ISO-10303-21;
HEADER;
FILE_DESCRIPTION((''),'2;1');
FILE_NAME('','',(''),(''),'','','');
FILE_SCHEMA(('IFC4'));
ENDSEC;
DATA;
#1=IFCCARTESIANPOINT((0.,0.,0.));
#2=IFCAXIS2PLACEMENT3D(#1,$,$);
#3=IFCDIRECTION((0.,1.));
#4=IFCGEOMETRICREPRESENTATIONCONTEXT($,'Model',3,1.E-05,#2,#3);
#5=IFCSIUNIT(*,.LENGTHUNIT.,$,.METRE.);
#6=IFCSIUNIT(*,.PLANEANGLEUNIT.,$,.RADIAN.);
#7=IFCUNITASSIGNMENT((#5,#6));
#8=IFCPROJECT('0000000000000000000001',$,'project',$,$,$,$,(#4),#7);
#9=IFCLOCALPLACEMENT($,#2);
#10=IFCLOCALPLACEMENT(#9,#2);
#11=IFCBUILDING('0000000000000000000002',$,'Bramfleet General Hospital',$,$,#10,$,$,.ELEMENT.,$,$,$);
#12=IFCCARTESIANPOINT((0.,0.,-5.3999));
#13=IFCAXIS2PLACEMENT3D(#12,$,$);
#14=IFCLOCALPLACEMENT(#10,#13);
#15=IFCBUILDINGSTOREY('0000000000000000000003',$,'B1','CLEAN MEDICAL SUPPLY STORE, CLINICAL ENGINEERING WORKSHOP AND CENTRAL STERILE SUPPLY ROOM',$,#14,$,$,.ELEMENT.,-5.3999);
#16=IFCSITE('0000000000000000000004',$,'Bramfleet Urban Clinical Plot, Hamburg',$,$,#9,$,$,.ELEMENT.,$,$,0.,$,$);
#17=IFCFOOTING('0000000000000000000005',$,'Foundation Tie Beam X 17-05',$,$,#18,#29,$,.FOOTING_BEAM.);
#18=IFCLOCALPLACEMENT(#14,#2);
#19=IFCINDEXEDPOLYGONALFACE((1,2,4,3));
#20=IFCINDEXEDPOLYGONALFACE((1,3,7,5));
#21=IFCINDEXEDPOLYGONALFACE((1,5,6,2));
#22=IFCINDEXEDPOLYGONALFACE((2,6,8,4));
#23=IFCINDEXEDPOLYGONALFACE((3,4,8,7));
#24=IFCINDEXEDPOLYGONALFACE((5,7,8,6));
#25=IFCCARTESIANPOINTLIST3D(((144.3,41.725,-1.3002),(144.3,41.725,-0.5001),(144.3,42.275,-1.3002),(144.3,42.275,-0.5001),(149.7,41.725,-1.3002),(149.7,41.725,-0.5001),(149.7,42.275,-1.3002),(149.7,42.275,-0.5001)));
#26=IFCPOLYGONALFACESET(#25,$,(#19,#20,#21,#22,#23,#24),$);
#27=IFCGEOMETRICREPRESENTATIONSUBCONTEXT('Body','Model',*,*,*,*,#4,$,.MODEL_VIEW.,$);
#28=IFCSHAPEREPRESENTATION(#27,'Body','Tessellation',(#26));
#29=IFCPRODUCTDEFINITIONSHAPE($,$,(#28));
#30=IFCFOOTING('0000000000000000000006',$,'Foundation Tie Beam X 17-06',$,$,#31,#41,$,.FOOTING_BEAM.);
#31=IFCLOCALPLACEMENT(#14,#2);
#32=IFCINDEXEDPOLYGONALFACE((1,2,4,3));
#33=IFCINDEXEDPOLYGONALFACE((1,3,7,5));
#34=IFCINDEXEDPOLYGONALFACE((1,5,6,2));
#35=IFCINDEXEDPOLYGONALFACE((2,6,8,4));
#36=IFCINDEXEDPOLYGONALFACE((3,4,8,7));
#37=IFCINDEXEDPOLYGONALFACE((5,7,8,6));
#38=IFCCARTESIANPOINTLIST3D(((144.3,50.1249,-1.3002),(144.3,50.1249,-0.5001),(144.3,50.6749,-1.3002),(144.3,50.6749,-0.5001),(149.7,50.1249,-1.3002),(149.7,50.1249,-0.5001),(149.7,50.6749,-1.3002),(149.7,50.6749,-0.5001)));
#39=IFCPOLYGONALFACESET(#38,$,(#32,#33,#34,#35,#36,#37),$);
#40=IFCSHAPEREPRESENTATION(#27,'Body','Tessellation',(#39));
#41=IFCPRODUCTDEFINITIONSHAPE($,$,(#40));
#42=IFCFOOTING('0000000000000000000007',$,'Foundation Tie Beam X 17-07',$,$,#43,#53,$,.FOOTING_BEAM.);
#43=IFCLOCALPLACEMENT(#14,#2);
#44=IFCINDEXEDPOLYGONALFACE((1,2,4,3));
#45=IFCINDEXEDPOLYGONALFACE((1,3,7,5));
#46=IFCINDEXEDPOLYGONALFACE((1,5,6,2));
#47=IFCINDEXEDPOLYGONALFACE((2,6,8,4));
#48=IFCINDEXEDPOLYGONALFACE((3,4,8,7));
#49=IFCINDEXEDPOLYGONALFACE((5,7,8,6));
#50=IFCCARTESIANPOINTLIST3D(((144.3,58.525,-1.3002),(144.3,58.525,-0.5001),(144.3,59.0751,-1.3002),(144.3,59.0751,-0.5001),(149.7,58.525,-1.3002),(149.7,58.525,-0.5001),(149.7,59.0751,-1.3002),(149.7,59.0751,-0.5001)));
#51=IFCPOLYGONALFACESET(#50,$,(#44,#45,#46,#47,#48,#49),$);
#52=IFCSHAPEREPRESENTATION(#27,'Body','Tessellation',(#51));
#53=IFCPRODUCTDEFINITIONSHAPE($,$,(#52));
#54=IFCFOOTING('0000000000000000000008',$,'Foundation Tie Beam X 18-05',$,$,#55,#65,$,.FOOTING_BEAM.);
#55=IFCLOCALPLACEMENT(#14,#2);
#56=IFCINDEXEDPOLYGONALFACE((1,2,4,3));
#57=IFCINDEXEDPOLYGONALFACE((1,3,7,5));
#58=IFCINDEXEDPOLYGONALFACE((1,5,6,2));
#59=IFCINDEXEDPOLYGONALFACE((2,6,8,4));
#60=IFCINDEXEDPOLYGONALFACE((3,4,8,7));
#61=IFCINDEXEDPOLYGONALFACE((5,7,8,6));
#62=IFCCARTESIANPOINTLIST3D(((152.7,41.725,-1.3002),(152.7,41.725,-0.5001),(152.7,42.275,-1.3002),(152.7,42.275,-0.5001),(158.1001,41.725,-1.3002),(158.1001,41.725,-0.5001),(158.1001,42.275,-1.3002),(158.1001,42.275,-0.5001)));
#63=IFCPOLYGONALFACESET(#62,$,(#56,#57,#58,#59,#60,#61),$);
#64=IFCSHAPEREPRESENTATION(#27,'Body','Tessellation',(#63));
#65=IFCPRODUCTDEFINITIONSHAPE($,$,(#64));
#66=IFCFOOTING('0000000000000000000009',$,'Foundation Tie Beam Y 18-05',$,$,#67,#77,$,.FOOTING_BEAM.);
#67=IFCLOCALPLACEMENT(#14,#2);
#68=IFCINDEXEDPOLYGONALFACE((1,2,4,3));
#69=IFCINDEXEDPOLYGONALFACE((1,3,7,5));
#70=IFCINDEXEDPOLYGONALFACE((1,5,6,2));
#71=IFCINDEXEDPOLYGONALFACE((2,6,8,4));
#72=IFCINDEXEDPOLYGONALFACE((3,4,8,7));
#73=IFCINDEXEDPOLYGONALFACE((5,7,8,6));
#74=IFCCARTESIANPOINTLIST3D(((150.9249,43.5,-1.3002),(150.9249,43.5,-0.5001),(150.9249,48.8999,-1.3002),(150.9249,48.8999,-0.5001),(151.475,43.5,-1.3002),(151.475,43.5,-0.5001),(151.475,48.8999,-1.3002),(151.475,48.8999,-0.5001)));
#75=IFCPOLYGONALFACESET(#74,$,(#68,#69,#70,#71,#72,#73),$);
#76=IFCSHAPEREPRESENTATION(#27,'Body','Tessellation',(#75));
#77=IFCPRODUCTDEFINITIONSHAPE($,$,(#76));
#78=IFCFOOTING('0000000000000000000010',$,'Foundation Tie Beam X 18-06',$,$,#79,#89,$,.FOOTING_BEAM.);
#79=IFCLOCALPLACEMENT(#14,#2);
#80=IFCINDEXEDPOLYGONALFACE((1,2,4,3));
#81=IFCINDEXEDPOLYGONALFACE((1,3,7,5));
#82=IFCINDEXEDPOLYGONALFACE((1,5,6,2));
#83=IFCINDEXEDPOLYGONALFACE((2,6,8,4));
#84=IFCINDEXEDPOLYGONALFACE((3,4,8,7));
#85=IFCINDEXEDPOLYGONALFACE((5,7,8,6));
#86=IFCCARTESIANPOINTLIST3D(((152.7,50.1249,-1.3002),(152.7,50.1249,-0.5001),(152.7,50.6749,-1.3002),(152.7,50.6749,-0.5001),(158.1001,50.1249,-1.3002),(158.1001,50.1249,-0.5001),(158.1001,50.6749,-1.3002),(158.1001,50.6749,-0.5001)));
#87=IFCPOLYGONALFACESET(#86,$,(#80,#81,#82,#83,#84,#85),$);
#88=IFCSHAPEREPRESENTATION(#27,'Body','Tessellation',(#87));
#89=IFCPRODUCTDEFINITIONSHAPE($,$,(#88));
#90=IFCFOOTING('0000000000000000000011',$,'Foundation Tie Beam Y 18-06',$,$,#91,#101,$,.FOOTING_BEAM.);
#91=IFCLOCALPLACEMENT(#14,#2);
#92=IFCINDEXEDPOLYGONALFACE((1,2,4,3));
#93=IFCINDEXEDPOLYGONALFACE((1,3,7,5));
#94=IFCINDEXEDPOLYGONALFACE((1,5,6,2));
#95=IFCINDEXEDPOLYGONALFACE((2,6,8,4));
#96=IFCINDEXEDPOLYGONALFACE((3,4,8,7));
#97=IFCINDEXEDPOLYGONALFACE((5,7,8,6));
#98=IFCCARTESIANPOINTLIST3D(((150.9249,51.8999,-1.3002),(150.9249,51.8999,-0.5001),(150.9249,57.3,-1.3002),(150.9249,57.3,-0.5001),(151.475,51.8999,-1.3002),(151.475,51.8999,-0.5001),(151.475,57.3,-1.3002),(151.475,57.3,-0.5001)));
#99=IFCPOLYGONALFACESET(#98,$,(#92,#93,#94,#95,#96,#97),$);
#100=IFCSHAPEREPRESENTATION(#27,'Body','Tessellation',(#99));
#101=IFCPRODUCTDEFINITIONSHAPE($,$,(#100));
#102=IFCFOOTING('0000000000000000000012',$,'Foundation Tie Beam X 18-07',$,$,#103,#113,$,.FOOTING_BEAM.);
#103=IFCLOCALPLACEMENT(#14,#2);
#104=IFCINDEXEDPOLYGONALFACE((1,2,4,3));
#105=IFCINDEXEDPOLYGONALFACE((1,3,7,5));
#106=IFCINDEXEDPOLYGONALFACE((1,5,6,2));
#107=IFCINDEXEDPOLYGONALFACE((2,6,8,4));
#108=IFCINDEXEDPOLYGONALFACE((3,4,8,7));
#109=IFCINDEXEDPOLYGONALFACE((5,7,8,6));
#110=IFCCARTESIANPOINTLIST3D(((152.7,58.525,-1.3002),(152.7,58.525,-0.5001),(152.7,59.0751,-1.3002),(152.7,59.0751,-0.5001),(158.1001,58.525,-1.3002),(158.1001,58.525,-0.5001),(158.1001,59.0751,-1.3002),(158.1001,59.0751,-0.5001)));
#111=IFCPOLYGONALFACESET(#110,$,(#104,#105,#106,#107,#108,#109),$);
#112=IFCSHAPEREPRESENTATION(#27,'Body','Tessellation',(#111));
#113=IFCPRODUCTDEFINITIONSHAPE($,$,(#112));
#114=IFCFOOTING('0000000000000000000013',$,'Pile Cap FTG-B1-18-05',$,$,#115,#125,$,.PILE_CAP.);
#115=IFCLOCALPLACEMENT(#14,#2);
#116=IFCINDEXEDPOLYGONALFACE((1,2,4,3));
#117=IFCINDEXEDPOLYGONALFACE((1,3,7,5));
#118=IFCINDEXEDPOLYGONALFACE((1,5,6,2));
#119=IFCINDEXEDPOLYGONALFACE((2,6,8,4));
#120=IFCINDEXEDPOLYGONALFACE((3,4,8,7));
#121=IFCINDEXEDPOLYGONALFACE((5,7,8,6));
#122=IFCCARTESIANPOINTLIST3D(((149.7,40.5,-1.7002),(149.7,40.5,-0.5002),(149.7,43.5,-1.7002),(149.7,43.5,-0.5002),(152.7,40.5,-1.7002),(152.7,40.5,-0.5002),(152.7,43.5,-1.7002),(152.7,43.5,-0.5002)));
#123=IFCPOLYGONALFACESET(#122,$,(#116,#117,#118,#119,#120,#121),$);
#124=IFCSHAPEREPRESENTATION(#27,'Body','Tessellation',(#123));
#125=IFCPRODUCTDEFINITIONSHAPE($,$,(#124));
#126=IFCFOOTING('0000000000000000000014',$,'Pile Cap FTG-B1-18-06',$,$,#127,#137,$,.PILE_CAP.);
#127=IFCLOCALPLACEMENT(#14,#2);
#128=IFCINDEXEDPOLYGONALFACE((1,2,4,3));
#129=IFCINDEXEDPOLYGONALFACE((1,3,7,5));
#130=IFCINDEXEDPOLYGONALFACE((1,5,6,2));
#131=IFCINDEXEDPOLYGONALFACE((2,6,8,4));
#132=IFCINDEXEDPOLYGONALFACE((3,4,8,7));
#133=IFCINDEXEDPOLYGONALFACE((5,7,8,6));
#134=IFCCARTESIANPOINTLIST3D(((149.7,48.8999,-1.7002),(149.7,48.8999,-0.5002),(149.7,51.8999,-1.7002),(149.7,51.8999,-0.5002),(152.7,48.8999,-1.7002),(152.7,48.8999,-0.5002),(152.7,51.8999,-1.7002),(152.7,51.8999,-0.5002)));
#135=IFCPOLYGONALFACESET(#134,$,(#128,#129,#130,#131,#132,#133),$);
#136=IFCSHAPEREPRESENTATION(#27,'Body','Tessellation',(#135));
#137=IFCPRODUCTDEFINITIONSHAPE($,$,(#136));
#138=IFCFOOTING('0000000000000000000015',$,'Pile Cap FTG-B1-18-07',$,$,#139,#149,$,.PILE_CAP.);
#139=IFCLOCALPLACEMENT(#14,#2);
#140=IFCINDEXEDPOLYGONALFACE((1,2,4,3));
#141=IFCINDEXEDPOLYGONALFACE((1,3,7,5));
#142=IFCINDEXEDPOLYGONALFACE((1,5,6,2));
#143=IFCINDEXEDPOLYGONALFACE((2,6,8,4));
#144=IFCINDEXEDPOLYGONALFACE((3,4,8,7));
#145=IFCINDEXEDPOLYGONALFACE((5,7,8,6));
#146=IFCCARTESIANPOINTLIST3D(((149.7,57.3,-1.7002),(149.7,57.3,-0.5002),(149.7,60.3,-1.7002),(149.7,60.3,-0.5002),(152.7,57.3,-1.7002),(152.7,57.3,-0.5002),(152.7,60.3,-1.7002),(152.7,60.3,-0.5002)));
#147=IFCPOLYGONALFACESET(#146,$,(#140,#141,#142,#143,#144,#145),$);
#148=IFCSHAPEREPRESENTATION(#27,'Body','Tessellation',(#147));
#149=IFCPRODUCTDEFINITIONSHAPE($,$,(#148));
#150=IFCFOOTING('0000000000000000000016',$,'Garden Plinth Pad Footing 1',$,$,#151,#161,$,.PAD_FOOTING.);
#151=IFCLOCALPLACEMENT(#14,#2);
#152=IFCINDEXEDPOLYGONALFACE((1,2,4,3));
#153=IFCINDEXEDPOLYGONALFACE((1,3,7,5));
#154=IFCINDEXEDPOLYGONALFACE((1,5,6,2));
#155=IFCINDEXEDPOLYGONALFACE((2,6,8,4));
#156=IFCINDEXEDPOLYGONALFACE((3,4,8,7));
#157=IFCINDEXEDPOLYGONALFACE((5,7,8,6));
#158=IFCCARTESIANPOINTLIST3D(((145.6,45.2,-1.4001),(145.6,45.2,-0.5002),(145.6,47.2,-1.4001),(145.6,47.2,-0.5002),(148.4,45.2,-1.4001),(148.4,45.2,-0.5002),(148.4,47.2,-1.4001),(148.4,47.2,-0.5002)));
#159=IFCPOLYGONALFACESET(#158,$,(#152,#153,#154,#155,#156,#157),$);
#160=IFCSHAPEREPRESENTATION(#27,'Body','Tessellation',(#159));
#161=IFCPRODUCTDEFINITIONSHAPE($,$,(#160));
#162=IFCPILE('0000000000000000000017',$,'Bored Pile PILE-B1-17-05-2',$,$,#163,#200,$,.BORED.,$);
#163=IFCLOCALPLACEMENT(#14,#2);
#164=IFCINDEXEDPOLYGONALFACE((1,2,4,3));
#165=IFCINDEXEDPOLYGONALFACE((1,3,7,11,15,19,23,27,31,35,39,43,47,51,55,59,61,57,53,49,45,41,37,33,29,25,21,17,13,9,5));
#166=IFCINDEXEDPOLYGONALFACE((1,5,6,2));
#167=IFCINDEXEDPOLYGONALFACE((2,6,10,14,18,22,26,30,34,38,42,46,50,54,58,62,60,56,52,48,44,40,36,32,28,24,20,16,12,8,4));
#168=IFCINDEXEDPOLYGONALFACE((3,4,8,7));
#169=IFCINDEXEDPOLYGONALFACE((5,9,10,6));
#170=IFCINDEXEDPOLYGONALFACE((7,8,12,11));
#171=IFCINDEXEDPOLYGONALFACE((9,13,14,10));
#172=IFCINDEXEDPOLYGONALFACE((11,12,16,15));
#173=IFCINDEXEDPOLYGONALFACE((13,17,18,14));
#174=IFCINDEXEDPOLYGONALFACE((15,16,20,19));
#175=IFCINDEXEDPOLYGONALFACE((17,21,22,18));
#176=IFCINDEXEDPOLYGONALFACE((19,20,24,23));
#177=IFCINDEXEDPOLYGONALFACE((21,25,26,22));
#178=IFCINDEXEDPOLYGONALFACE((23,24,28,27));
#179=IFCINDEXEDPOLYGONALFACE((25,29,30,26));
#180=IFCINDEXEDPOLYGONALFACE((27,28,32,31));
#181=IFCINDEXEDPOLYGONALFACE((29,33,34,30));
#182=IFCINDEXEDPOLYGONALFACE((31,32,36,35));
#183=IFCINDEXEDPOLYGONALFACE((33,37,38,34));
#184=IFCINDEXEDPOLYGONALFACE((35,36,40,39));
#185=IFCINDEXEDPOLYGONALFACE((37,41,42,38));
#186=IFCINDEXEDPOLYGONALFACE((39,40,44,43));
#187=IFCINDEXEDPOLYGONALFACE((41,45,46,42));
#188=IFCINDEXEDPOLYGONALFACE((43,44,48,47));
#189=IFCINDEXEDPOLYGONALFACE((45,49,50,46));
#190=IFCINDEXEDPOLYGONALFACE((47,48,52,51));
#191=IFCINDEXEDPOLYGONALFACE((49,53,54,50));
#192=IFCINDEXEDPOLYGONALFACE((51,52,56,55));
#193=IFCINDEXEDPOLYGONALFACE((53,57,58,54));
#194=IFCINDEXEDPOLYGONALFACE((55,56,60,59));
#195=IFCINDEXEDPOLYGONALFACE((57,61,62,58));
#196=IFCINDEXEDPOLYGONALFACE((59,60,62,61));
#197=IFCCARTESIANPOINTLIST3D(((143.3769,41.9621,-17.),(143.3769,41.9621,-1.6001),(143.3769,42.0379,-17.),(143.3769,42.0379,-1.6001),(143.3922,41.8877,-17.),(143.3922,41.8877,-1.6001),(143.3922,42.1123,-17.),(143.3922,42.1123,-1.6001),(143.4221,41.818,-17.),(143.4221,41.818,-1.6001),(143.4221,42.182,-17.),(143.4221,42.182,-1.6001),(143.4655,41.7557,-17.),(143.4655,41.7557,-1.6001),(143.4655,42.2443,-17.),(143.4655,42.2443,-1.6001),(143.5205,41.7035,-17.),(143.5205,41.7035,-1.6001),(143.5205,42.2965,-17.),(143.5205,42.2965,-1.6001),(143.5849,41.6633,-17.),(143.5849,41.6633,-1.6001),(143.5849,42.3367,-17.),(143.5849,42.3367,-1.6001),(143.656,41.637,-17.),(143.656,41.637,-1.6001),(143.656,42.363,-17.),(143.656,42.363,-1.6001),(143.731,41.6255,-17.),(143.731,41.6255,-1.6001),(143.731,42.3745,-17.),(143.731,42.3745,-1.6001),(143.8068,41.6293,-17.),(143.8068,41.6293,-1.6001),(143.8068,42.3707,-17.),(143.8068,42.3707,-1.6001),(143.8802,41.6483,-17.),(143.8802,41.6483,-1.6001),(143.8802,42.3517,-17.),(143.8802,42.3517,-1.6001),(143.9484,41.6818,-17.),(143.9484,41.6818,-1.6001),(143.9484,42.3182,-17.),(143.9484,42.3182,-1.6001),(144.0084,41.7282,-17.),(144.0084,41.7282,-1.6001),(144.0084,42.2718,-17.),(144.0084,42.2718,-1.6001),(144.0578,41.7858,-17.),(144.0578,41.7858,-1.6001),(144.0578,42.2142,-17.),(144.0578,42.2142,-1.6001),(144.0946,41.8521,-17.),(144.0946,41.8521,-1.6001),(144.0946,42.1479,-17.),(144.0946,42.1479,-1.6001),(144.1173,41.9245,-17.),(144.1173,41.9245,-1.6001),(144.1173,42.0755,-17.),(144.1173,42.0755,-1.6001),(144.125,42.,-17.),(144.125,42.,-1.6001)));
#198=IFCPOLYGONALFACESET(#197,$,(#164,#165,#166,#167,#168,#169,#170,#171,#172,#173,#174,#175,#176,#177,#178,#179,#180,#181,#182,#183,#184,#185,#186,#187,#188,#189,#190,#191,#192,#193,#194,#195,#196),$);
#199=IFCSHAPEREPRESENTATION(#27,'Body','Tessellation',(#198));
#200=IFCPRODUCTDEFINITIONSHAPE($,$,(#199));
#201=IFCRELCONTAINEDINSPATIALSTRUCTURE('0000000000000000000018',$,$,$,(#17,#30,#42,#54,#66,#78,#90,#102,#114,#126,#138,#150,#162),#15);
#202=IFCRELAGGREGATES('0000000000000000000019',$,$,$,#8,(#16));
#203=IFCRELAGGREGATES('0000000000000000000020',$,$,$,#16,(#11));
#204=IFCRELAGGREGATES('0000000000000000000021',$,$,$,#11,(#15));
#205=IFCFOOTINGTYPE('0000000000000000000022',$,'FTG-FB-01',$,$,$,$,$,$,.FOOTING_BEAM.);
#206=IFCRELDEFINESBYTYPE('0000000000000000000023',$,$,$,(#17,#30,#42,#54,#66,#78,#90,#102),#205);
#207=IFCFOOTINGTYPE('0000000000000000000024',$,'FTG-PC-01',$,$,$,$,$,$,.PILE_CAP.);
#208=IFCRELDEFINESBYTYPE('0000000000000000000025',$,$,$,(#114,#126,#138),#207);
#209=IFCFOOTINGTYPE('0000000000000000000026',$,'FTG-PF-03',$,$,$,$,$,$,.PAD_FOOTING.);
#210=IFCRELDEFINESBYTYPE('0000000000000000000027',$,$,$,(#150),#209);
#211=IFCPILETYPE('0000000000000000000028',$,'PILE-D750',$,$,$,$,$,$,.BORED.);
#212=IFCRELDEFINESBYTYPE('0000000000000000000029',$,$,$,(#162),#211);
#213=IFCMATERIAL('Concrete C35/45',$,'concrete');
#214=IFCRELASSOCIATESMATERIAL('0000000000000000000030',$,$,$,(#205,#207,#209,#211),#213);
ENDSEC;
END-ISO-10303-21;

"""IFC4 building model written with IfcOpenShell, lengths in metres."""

from ifc_helpers import new_model, si_unit, direction, frame, origin, origin_2d, place, context, subcontext, project, spatial, rectangle, circle, extrude, material, material_profile, profile_set, type_object, element, save


model = new_model("IFC4")

# Units and contexts
model_context = context("Model", 3, precision=1e-05, world=origin(), true_north=direction((0.0, 1.0)))
body_context = subcontext(model_context, "Body", "Model", "MODEL_VIEW")
ifc_project = project(units=[si_unit("LENGTHUNIT", "METRE"), si_unit("PLANEANGLEUNIT", "RADIAN")], contexts=[model_context])

# Site, building, storey
site_placement = place(None, origin())
site = spatial("IfcSite", under=ifc_project, at=site_placement, Name="Bramfleet Urban Clinical Plot, Hamburg", CompositionType="ELEMENT", RefElevation=0.0)
building_placement = place(site_placement, origin())
building = spatial("IfcBuilding", under=site, at=building_placement, Name="Bramfleet General Hospital", CompositionType="ELEMENT")
storey_placement = place(building_placement, frame((0.0, 0.0, -5.3999)))
storey = spatial("IfcBuildingStorey", under=building, at=storey_placement, Name="B1", Description="CLEAN MEDICAL SUPPLY STORE, CLINICAL ENGINEERING WORKSHOP AND CENTRAL STERILE SUPPLY ROOM", CompositionType="ELEMENT", Elevation=-5.3999)

# Footings
ifc_material_1 = material(Name="Concrete C35/45", Category="concrete")
ifc_material_profile_1 = material_profile(ifc_material_1, rectangle(XDim=0.55, YDim=0.8, at=origin_2d()), Name="RC FB 800x550")
ifc_profile_set_1 = profile_set([ifc_material_profile_1], Name="Concrete C35/45")
footing_type_1 = type_object("IfcFootingType", Name="FTG-FB-01", PredefinedType="FOOTING_BEAM", material=ifc_profile_set_1)
for number, where, z_axis, x_axis, name in (
    (1, (144.3, 42.0, -0.9001), (1.0, 0.0, 0.0), (0.0, 1.0, 0.0), "Foundation Tie Beam X 17-05"),
    (2, (144.3, 50.3999, -0.9001), (1.0, 0.0, 0.0), (0.0, 1.0, 0.0), "Foundation Tie Beam X 17-06"),
    (3, (144.3, 58.8, -0.9001), (1.0, 0.0, 0.0), (0.0, 1.0, 0.0), "Foundation Tie Beam X 17-07"),
):
    element("IfcFooting", number, at=place(storey_placement, frame(where, z_axis=z_axis, x_axis=x_axis)), inside=storey, type_object=footing_type_1, Name=name, PredefinedType="FOOTING_BEAM", context=body_context, shape_type="SweptSolid", body=[
        extrude(rectangle(XDim=0.55, YDim=0.8, at=origin_2d()), origin(), (0.0, 0.0, 1.0), 5.3999),
    ])
footing_1_placement = place(storey_placement, frame((152.7, 42.0, -0.9001), z_axis=(1.0, 0.0, 0.0), x_axis=(0.0, 1.0, 0.0)))
element("IfcFooting", 4, at=footing_1_placement, inside=storey, type_object=footing_type_1, Name="Foundation Tie Beam X 18-05", PredefinedType="FOOTING_BEAM", context=body_context, shape_type="SweptSolid", body=[
    extrude(rectangle(XDim=0.55, YDim=0.8, at=origin_2d()), origin(), (0.0, 0.0, 1.0), 5.4001),
])
footing_2_placement = place(storey_placement, frame((151.2, 43.5, -0.9001), z_axis=(0.0, 1.0, 0.0), x_axis=(-1.0, 0.0, 0.0)))
element("IfcFooting", 5, at=footing_2_placement, inside=storey, type_object=footing_type_1, Name="Foundation Tie Beam Y 18-05", PredefinedType="FOOTING_BEAM", context=body_context, shape_type="SweptSolid", body=[
    extrude(rectangle(XDim=0.55, YDim=0.8, at=origin_2d()), origin(), (0.0, 0.0, 1.0), 5.3999),
])
for number, where, z_axis, x_axis, name in (
    (6, (152.7, 50.3999, -0.9001), (1.0, 0.0, 0.0), (0.0, 1.0, 0.0), "Foundation Tie Beam X 18-06"),
    (7, (151.2, 51.8999, -0.9001), (0.0, 1.0, 0.0), (-1.0, 0.0, 0.0), "Foundation Tie Beam Y 18-06"),
    (8, (152.7, 58.8, -0.9001), (1.0, 0.0, 0.0), (0.0, 1.0, 0.0), "Foundation Tie Beam X 18-07"),
):
    element("IfcFooting", number, at=place(storey_placement, frame(where, z_axis=z_axis, x_axis=x_axis)), inside=storey, type_object=footing_type_1, Name=name, PredefinedType="FOOTING_BEAM", context=body_context, shape_type="SweptSolid", body=[
        extrude(rectangle(XDim=0.55, YDim=0.8, at=origin_2d()), origin(), (0.0, 0.0, 1.0), 5.4001),
    ])
footing_type_2 = type_object("IfcFootingType", Name="FTG-PC-01", PredefinedType="PILE_CAP", material=ifc_material_1)
for number, where, z_axis, x_axis, name in (
    (9, (151.2, 42.0, -1.7002), (0.0, 0.0, 1.0), (1.0, 0.0, 0.0), "Pile Cap FTG-B1-18-05"),
    (10, (151.2, 50.3999, -1.7002), (0.0, 0.0, 1.0), (1.0, 0.0, 0.0), "Pile Cap FTG-B1-18-06"),
    (11, (151.2, 58.8, -1.7002), (0.0, 0.0, 1.0), (1.0, 0.0, 0.0), "Pile Cap FTG-B1-18-07"),
):
    element("IfcFooting", number, at=place(storey_placement, frame(where, z_axis=z_axis, x_axis=x_axis)), inside=storey, type_object=footing_type_2, Name=name, PredefinedType="PILE_CAP", context=body_context, shape_type="SweptSolid", body=[
        extrude(rectangle(XDim=3.0, YDim=3.0, at=origin_2d()), origin(), (0.0, 0.0, 1.0), 1.2),
    ])
footing_type_3 = type_object("IfcFootingType", Name="FTG-PF-03", PredefinedType="PAD_FOOTING", material=ifc_material_1)
footing_3_placement = place(storey_placement, frame((147.0, 46.2, -1.4001), z_axis=(0.0, 0.0, 1.0), x_axis=(1.0, 0.0, 0.0)))
element("IfcFooting", 12, at=footing_3_placement, inside=storey, type_object=footing_type_3, Name="Garden Plinth Pad Footing 1", PredefinedType="PAD_FOOTING", context=body_context, shape_type="SweptSolid", body=[
    extrude(rectangle(XDim=2.8, YDim=2.0, at=origin_2d()), origin(), (0.0, 0.0, 1.0), 0.8999),
])

# Pile
ifc_material_profile_2 = material_profile(ifc_material_1, circle(Radius=0.375, at=origin_2d()), Name="PILE BORED D750")
ifc_profile_set_2 = profile_set([ifc_material_profile_2], Name="Concrete C35/45")
pile_type = type_object("IfcPileType", Name="PILE-D750", PredefinedType="BORED", material=ifc_profile_set_2)
for number, where, z_axis, x_axis, name in (
    (13, (143.75, 42.0, -1.6001), (0.0, 0.0, -1.0), (1.0, 0.0, 0.0), "Bored Pile PILE-B1-17-05-2"),
):
    element("IfcPile", number, at=place(storey_placement, frame(where, z_axis=z_axis, x_axis=x_axis)), inside=storey, type_object=pile_type, Name=name, PredefinedType="BORED", context=body_context, shape_type="SweptSolid", body=[
        extrude(circle(Radius=0.375, at=origin_2d()), origin(), (0.0, 0.0, 1.0), 15.3999),
    ])

save(model, "model.ifc")
